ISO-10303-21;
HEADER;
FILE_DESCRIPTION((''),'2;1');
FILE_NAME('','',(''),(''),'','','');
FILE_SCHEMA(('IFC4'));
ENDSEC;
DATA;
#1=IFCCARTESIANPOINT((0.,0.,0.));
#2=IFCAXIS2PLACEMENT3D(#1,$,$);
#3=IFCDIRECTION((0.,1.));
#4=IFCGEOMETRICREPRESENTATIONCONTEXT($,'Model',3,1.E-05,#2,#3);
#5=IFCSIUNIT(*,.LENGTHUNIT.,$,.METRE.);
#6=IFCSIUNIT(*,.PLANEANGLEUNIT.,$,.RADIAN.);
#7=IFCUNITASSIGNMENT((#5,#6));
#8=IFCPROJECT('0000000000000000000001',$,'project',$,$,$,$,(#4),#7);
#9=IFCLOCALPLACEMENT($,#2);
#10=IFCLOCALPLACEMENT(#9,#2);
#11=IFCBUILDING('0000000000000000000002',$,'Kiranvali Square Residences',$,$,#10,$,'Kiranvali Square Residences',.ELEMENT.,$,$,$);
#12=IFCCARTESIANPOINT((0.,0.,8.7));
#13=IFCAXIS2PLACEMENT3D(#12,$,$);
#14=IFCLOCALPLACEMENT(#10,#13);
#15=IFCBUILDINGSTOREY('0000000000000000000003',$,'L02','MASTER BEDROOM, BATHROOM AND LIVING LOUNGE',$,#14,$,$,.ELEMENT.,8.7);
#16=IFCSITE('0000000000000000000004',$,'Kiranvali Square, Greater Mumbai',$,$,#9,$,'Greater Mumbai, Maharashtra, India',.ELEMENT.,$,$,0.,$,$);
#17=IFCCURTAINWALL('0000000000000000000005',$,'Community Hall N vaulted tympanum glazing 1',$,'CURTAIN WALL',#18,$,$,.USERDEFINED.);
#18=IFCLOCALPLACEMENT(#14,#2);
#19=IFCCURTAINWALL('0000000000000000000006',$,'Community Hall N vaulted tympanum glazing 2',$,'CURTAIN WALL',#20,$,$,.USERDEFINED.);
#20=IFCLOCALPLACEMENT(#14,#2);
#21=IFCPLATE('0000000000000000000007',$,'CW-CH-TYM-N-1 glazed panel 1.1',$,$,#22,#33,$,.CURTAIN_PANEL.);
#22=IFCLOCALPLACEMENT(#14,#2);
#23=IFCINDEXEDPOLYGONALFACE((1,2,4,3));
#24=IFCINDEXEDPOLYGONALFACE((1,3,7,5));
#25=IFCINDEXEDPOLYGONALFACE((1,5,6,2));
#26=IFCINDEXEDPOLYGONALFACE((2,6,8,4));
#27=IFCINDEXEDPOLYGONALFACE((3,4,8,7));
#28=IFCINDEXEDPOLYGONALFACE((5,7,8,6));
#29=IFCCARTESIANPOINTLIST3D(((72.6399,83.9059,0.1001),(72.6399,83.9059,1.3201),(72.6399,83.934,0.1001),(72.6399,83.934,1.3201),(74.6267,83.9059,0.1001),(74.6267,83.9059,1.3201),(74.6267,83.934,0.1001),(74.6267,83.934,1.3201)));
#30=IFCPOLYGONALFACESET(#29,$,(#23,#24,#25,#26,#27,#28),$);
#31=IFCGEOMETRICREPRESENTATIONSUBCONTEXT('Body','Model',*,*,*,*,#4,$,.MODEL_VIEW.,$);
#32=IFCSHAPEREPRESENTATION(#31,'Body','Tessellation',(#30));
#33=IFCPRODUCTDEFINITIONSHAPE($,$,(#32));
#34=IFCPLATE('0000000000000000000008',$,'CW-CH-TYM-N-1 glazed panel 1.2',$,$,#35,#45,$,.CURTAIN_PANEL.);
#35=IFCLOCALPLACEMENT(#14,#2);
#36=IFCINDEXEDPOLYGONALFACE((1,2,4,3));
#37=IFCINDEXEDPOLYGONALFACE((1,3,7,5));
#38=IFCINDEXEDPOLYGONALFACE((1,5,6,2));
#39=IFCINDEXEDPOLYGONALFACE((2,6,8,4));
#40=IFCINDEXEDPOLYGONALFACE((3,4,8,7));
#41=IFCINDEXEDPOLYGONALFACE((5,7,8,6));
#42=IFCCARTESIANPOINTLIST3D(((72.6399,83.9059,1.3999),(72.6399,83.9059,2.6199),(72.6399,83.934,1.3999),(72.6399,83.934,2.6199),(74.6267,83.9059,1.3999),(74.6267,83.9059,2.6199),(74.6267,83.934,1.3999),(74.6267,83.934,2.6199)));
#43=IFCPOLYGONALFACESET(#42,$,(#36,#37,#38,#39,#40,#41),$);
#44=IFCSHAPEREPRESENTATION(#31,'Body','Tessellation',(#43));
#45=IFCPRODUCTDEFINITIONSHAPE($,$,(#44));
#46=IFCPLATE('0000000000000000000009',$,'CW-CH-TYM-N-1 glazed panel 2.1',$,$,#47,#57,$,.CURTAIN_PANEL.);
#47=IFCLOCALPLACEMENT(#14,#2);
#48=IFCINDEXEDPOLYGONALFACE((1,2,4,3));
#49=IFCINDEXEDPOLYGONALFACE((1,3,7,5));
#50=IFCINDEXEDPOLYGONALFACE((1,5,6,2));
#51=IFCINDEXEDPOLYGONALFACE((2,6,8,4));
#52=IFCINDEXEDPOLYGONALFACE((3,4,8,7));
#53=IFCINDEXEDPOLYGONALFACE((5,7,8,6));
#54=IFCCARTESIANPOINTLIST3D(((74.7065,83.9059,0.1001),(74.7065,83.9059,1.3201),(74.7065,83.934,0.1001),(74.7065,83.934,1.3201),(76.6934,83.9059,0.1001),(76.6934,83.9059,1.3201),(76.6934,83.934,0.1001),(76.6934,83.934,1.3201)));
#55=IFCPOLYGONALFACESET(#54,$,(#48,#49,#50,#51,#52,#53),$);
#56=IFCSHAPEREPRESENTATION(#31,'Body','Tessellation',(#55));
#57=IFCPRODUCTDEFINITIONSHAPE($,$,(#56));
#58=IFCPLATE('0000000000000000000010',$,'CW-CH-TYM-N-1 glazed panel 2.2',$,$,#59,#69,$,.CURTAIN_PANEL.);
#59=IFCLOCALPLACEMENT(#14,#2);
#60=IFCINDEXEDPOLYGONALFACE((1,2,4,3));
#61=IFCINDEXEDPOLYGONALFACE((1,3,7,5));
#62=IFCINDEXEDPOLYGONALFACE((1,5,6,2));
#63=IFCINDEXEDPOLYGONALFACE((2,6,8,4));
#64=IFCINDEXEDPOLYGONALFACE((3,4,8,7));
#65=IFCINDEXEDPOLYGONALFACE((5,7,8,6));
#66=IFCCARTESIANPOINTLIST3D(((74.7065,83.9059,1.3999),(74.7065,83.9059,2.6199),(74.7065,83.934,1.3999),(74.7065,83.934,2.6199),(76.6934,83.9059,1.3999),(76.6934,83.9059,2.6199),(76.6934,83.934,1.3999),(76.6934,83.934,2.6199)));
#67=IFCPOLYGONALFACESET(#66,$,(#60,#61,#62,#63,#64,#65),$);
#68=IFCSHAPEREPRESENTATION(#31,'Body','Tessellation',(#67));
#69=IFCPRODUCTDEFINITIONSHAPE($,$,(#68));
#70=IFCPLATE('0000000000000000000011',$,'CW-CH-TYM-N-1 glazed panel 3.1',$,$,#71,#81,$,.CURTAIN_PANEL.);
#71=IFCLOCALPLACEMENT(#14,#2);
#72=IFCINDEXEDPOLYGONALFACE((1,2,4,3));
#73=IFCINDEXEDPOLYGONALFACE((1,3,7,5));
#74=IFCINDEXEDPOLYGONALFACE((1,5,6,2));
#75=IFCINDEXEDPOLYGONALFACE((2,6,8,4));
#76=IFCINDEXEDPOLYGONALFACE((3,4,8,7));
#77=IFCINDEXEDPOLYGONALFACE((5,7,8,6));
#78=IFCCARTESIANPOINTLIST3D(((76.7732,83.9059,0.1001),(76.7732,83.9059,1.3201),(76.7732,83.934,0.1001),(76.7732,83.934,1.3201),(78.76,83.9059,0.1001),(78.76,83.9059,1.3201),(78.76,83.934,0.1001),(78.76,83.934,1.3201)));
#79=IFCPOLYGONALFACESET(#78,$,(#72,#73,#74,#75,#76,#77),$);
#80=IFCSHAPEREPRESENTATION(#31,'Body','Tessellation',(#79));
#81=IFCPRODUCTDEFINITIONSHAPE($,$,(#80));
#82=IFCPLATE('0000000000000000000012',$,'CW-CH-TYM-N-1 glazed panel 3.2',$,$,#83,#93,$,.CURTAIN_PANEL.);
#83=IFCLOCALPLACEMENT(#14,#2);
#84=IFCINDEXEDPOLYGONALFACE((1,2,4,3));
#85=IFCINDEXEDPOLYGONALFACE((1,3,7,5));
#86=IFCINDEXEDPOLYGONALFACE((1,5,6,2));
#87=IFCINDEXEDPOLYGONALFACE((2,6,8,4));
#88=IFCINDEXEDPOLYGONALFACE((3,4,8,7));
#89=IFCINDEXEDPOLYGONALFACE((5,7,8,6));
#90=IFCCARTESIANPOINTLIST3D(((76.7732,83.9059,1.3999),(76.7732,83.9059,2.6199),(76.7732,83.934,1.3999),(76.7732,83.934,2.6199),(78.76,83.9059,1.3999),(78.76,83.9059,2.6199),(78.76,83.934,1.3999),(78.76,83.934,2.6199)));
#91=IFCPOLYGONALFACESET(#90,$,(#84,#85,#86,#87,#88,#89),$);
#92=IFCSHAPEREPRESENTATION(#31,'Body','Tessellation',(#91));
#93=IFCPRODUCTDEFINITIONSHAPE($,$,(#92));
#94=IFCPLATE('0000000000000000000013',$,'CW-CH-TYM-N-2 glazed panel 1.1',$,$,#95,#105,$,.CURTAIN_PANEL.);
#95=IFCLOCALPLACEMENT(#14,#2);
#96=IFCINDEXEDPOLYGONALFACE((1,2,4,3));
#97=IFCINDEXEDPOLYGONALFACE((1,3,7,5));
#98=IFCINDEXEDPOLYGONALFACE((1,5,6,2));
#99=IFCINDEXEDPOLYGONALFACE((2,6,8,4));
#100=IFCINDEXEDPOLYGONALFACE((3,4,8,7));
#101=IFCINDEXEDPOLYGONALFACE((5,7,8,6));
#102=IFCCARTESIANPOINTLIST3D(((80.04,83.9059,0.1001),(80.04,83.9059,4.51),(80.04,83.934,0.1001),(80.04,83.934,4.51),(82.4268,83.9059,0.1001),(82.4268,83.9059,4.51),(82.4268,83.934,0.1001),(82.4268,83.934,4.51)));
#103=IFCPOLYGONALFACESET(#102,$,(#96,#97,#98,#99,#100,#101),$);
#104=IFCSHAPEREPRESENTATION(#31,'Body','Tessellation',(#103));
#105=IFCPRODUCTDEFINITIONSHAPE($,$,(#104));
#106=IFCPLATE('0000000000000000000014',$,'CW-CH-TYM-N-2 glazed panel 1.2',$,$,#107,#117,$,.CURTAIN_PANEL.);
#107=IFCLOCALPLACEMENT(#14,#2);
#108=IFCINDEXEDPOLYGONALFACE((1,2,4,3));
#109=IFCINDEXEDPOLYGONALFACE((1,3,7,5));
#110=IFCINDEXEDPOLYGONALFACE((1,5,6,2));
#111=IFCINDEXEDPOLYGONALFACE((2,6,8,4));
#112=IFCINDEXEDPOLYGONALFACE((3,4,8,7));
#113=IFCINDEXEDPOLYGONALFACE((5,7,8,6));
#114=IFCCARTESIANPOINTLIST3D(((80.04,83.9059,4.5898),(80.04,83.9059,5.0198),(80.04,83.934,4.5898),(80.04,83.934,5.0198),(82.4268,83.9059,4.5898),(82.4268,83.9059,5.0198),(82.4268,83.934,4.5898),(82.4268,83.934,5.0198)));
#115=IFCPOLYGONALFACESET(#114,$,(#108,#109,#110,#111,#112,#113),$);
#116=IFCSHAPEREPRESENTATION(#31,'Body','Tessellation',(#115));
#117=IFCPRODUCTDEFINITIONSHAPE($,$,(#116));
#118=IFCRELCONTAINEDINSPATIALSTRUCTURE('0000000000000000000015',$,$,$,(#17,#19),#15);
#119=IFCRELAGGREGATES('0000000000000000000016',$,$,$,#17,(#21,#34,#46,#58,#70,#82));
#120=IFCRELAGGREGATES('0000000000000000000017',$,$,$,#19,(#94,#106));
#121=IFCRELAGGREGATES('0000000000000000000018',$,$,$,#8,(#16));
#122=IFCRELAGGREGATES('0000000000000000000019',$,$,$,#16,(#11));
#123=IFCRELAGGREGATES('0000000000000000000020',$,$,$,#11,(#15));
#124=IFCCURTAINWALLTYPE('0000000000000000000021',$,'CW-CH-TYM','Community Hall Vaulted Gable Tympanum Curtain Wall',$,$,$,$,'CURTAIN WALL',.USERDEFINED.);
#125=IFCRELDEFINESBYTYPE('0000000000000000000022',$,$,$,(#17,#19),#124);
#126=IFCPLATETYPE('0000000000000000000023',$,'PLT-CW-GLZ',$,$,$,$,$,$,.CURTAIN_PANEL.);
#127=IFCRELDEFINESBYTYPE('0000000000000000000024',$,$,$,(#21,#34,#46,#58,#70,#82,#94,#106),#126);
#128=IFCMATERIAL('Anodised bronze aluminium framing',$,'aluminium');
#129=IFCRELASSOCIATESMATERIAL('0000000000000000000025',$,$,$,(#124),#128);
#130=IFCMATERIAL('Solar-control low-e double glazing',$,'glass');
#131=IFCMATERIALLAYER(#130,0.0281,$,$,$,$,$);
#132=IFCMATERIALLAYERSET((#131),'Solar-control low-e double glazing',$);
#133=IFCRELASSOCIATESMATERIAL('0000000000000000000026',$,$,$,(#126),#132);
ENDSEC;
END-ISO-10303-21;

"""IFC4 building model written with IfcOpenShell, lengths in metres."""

from ifc_helpers import new_model, si_unit, direction, frame, origin, origin_2d, place, context, subcontext, project, spatial, rectangle, extrude, material, layer, layer_set, type_object, element, aggregate, save


model = new_model("IFC4")

# Units and contexts
model_context = context("Model", 3, precision=1e-05, world=origin(), true_north=direction((0.0, 1.0)))
body_context = subcontext(model_context, "Body", "Model", "MODEL_VIEW")
ifc_project = project(units=[si_unit("LENGTHUNIT", "METRE"), si_unit("PLANEANGLEUNIT", "RADIAN")], contexts=[model_context])

# Site, building, storey
site_placement = place(None, origin())
site = spatial("IfcSite", under=ifc_project, at=site_placement, Name="Kiranvali Square, Greater Mumbai", LongName="Greater Mumbai, Maharashtra, India", CompositionType="ELEMENT", RefElevation=0.0)
building_placement = place(site_placement, origin())
building = spatial("IfcBuilding", under=site, at=building_placement, Name="Kiranvali Square Residences", LongName="Kiranvali Square Residences", CompositionType="ELEMENT")
storey_placement = place(building_placement, frame((0.0, 0.0, 8.7)))
storey = spatial("IfcBuildingStorey", under=building, at=storey_placement, Name="L02", Description="MASTER BEDROOM, BATHROOM AND LIVING LOUNGE", CompositionType="ELEMENT", Elevation=8.7)

# Curtain wall
ifc_material_1 = material(Name="Anodised bronze aluminium framing", Category="aluminium")
curtain_wall_type = type_object("IfcCurtainWallType", Name="CW-CH-TYM", Description="Community Hall Vaulted Gable Tympanum Curtain Wall", ElementType="CURTAIN WALL", PredefinedType="USERDEFINED", material=ifc_material_1)
curtain_wall_1_placement = place(storey_placement, origin())
curtain_wall_1 = element("IfcCurtainWall", 1, at=curtain_wall_1_placement, inside=storey, type_object=curtain_wall_type, Name="Community Hall N vaulted tympanum glazing 1", ObjectType="CURTAIN WALL", PredefinedType="USERDEFINED")

# Curtain wall
curtain_wall_2_placement = place(storey_placement, origin())
curtain_wall_2 = element("IfcCurtainWall", 2, at=curtain_wall_2_placement, inside=storey, type_object=curtain_wall_type, Name="Community Hall N vaulted tympanum glazing 2", ObjectType="CURTAIN WALL", PredefinedType="USERDEFINED")

# Plates
ifc_material_2 = material(Name="Solar-control low-e double glazing", Category="glass")
ifc_layer = layer(ifc_material_2, 0.0281)
ifc_layer_set = layer_set([ifc_layer], Name="Solar-control low-e double glazing")
plate_type = type_object("IfcPlateType", Name="PLT-CW-GLZ", PredefinedType="CURTAIN_PANEL", material=ifc_layer_set)
plate_1_placement = place(storey_placement, frame((73.6333, 83.9199, 0.1001), z_axis=(0.0, 0.0, 1.0), x_axis=(1.0, 0.0, 0.0)))
plate_1 = element("IfcPlate", 3, at=plate_1_placement, type_object=plate_type, Name="CW-CH-TYM-N-1 glazed panel 1.1", PredefinedType="CURTAIN_PANEL", context=body_context, shape_type="SweptSolid", body=[
    extrude(rectangle(XDim=1.9868, YDim=0.0281, at=origin_2d()), origin(), (0.0, 0.0, 1.0), 1.22),
])
plate_2_placement = place(storey_placement, frame((73.6333, 83.9199, 1.3999), z_axis=(0.0, 0.0, 1.0), x_axis=(1.0, 0.0, 0.0)))
plate_2 = element("IfcPlate", 4, at=plate_2_placement, type_object=plate_type, Name="CW-CH-TYM-N-1 glazed panel 1.2", PredefinedType="CURTAIN_PANEL", context=body_context, shape_type="SweptSolid", body=[
    extrude(rectangle(XDim=1.9868, YDim=0.0281, at=origin_2d()), origin(), (0.0, 0.0, 1.0), 1.22),
])
plate_3_placement = place(storey_placement, frame((75.7, 83.9199, 0.1001), z_axis=(0.0, 0.0, 1.0), x_axis=(1.0, 0.0, 0.0)))
plate_3 = element("IfcPlate", 5, at=plate_3_placement, type_object=plate_type, Name="CW-CH-TYM-N-1 glazed panel 2.1", PredefinedType="CURTAIN_PANEL", context=body_context, shape_type="SweptSolid", body=[
    extrude(rectangle(XDim=1.9868, YDim=0.0281, at=origin_2d()), origin(), (0.0, 0.0, 1.0), 1.22),
])
plate_4_placement = place(storey_placement, frame((75.7, 83.9199, 1.3999), z_axis=(0.0, 0.0, 1.0), x_axis=(1.0, 0.0, 0.0)))
plate_4 = element("IfcPlate", 6, at=plate_4_placement, type_object=plate_type, Name="CW-CH-TYM-N-1 glazed panel 2.2", PredefinedType="CURTAIN_PANEL", context=body_context, shape_type="SweptSolid", body=[
    extrude(rectangle(XDim=1.9868, YDim=0.0281, at=origin_2d()), origin(), (0.0, 0.0, 1.0), 1.22),
])
plate_5_placement = place(storey_placement, frame((77.7666, 83.9199, 0.1001), z_axis=(0.0, 0.0, 1.0), x_axis=(1.0, 0.0, 0.0)))
plate_5 = element("IfcPlate", 7, at=plate_5_placement, type_object=plate_type, Name="CW-CH-TYM-N-1 glazed panel 3.1", PredefinedType="CURTAIN_PANEL", context=body_context, shape_type="SweptSolid", body=[
    extrude(rectangle(XDim=1.9868, YDim=0.0281, at=origin_2d()), origin(), (0.0, 0.0, 1.0), 1.22),
])
plate_6_placement = place(storey_placement, frame((77.7666, 83.9199, 1.3999), z_axis=(0.0, 0.0, 1.0), x_axis=(1.0, 0.0, 0.0)))
plate_6 = element("IfcPlate", 8, at=plate_6_placement, type_object=plate_type, Name="CW-CH-TYM-N-1 glazed panel 3.2", PredefinedType="CURTAIN_PANEL", context=body_context, shape_type="SweptSolid", body=[
    extrude(rectangle(XDim=1.9868, YDim=0.0281, at=origin_2d()), origin(), (0.0, 0.0, 1.0), 1.22),
])
aggregate(curtain_wall_1, [plate_1, plate_2, plate_3, plate_4, plate_5, plate_6])
plate_7_placement = place(storey_placement, frame((81.2334, 83.9199, 0.1001), z_axis=(0.0, 0.0, 1.0), x_axis=(1.0, 0.0, 0.0)))
plate_7 = element("IfcPlate", 9, at=plate_7_placement, type_object=plate_type, Name="CW-CH-TYM-N-2 glazed panel 1.1", PredefinedType="CURTAIN_PANEL", context=body_context, shape_type="SweptSolid", body=[
    extrude(rectangle(XDim=2.3867, YDim=0.0281, at=origin_2d()), origin(), (0.0, 0.0, 1.0), 4.4099),
])
plate_8_placement = place(storey_placement, frame((81.2334, 83.9199, 4.5898), z_axis=(0.0, 0.0, 1.0), x_axis=(1.0, 0.0, 0.0)))
plate_8 = element("IfcPlate", 10, at=plate_8_placement, type_object=plate_type, Name="CW-CH-TYM-N-2 glazed panel 1.2", PredefinedType="CURTAIN_PANEL", context=body_context, shape_type="SweptSolid", body=[
    extrude(rectangle(XDim=2.3867, YDim=0.0281, at=origin_2d()), origin(), (0.0, 0.0, 1.0), 0.4299),
])
aggregate(curtain_wall_2, [plate_7, plate_8])

save(model, "model.ifc")
